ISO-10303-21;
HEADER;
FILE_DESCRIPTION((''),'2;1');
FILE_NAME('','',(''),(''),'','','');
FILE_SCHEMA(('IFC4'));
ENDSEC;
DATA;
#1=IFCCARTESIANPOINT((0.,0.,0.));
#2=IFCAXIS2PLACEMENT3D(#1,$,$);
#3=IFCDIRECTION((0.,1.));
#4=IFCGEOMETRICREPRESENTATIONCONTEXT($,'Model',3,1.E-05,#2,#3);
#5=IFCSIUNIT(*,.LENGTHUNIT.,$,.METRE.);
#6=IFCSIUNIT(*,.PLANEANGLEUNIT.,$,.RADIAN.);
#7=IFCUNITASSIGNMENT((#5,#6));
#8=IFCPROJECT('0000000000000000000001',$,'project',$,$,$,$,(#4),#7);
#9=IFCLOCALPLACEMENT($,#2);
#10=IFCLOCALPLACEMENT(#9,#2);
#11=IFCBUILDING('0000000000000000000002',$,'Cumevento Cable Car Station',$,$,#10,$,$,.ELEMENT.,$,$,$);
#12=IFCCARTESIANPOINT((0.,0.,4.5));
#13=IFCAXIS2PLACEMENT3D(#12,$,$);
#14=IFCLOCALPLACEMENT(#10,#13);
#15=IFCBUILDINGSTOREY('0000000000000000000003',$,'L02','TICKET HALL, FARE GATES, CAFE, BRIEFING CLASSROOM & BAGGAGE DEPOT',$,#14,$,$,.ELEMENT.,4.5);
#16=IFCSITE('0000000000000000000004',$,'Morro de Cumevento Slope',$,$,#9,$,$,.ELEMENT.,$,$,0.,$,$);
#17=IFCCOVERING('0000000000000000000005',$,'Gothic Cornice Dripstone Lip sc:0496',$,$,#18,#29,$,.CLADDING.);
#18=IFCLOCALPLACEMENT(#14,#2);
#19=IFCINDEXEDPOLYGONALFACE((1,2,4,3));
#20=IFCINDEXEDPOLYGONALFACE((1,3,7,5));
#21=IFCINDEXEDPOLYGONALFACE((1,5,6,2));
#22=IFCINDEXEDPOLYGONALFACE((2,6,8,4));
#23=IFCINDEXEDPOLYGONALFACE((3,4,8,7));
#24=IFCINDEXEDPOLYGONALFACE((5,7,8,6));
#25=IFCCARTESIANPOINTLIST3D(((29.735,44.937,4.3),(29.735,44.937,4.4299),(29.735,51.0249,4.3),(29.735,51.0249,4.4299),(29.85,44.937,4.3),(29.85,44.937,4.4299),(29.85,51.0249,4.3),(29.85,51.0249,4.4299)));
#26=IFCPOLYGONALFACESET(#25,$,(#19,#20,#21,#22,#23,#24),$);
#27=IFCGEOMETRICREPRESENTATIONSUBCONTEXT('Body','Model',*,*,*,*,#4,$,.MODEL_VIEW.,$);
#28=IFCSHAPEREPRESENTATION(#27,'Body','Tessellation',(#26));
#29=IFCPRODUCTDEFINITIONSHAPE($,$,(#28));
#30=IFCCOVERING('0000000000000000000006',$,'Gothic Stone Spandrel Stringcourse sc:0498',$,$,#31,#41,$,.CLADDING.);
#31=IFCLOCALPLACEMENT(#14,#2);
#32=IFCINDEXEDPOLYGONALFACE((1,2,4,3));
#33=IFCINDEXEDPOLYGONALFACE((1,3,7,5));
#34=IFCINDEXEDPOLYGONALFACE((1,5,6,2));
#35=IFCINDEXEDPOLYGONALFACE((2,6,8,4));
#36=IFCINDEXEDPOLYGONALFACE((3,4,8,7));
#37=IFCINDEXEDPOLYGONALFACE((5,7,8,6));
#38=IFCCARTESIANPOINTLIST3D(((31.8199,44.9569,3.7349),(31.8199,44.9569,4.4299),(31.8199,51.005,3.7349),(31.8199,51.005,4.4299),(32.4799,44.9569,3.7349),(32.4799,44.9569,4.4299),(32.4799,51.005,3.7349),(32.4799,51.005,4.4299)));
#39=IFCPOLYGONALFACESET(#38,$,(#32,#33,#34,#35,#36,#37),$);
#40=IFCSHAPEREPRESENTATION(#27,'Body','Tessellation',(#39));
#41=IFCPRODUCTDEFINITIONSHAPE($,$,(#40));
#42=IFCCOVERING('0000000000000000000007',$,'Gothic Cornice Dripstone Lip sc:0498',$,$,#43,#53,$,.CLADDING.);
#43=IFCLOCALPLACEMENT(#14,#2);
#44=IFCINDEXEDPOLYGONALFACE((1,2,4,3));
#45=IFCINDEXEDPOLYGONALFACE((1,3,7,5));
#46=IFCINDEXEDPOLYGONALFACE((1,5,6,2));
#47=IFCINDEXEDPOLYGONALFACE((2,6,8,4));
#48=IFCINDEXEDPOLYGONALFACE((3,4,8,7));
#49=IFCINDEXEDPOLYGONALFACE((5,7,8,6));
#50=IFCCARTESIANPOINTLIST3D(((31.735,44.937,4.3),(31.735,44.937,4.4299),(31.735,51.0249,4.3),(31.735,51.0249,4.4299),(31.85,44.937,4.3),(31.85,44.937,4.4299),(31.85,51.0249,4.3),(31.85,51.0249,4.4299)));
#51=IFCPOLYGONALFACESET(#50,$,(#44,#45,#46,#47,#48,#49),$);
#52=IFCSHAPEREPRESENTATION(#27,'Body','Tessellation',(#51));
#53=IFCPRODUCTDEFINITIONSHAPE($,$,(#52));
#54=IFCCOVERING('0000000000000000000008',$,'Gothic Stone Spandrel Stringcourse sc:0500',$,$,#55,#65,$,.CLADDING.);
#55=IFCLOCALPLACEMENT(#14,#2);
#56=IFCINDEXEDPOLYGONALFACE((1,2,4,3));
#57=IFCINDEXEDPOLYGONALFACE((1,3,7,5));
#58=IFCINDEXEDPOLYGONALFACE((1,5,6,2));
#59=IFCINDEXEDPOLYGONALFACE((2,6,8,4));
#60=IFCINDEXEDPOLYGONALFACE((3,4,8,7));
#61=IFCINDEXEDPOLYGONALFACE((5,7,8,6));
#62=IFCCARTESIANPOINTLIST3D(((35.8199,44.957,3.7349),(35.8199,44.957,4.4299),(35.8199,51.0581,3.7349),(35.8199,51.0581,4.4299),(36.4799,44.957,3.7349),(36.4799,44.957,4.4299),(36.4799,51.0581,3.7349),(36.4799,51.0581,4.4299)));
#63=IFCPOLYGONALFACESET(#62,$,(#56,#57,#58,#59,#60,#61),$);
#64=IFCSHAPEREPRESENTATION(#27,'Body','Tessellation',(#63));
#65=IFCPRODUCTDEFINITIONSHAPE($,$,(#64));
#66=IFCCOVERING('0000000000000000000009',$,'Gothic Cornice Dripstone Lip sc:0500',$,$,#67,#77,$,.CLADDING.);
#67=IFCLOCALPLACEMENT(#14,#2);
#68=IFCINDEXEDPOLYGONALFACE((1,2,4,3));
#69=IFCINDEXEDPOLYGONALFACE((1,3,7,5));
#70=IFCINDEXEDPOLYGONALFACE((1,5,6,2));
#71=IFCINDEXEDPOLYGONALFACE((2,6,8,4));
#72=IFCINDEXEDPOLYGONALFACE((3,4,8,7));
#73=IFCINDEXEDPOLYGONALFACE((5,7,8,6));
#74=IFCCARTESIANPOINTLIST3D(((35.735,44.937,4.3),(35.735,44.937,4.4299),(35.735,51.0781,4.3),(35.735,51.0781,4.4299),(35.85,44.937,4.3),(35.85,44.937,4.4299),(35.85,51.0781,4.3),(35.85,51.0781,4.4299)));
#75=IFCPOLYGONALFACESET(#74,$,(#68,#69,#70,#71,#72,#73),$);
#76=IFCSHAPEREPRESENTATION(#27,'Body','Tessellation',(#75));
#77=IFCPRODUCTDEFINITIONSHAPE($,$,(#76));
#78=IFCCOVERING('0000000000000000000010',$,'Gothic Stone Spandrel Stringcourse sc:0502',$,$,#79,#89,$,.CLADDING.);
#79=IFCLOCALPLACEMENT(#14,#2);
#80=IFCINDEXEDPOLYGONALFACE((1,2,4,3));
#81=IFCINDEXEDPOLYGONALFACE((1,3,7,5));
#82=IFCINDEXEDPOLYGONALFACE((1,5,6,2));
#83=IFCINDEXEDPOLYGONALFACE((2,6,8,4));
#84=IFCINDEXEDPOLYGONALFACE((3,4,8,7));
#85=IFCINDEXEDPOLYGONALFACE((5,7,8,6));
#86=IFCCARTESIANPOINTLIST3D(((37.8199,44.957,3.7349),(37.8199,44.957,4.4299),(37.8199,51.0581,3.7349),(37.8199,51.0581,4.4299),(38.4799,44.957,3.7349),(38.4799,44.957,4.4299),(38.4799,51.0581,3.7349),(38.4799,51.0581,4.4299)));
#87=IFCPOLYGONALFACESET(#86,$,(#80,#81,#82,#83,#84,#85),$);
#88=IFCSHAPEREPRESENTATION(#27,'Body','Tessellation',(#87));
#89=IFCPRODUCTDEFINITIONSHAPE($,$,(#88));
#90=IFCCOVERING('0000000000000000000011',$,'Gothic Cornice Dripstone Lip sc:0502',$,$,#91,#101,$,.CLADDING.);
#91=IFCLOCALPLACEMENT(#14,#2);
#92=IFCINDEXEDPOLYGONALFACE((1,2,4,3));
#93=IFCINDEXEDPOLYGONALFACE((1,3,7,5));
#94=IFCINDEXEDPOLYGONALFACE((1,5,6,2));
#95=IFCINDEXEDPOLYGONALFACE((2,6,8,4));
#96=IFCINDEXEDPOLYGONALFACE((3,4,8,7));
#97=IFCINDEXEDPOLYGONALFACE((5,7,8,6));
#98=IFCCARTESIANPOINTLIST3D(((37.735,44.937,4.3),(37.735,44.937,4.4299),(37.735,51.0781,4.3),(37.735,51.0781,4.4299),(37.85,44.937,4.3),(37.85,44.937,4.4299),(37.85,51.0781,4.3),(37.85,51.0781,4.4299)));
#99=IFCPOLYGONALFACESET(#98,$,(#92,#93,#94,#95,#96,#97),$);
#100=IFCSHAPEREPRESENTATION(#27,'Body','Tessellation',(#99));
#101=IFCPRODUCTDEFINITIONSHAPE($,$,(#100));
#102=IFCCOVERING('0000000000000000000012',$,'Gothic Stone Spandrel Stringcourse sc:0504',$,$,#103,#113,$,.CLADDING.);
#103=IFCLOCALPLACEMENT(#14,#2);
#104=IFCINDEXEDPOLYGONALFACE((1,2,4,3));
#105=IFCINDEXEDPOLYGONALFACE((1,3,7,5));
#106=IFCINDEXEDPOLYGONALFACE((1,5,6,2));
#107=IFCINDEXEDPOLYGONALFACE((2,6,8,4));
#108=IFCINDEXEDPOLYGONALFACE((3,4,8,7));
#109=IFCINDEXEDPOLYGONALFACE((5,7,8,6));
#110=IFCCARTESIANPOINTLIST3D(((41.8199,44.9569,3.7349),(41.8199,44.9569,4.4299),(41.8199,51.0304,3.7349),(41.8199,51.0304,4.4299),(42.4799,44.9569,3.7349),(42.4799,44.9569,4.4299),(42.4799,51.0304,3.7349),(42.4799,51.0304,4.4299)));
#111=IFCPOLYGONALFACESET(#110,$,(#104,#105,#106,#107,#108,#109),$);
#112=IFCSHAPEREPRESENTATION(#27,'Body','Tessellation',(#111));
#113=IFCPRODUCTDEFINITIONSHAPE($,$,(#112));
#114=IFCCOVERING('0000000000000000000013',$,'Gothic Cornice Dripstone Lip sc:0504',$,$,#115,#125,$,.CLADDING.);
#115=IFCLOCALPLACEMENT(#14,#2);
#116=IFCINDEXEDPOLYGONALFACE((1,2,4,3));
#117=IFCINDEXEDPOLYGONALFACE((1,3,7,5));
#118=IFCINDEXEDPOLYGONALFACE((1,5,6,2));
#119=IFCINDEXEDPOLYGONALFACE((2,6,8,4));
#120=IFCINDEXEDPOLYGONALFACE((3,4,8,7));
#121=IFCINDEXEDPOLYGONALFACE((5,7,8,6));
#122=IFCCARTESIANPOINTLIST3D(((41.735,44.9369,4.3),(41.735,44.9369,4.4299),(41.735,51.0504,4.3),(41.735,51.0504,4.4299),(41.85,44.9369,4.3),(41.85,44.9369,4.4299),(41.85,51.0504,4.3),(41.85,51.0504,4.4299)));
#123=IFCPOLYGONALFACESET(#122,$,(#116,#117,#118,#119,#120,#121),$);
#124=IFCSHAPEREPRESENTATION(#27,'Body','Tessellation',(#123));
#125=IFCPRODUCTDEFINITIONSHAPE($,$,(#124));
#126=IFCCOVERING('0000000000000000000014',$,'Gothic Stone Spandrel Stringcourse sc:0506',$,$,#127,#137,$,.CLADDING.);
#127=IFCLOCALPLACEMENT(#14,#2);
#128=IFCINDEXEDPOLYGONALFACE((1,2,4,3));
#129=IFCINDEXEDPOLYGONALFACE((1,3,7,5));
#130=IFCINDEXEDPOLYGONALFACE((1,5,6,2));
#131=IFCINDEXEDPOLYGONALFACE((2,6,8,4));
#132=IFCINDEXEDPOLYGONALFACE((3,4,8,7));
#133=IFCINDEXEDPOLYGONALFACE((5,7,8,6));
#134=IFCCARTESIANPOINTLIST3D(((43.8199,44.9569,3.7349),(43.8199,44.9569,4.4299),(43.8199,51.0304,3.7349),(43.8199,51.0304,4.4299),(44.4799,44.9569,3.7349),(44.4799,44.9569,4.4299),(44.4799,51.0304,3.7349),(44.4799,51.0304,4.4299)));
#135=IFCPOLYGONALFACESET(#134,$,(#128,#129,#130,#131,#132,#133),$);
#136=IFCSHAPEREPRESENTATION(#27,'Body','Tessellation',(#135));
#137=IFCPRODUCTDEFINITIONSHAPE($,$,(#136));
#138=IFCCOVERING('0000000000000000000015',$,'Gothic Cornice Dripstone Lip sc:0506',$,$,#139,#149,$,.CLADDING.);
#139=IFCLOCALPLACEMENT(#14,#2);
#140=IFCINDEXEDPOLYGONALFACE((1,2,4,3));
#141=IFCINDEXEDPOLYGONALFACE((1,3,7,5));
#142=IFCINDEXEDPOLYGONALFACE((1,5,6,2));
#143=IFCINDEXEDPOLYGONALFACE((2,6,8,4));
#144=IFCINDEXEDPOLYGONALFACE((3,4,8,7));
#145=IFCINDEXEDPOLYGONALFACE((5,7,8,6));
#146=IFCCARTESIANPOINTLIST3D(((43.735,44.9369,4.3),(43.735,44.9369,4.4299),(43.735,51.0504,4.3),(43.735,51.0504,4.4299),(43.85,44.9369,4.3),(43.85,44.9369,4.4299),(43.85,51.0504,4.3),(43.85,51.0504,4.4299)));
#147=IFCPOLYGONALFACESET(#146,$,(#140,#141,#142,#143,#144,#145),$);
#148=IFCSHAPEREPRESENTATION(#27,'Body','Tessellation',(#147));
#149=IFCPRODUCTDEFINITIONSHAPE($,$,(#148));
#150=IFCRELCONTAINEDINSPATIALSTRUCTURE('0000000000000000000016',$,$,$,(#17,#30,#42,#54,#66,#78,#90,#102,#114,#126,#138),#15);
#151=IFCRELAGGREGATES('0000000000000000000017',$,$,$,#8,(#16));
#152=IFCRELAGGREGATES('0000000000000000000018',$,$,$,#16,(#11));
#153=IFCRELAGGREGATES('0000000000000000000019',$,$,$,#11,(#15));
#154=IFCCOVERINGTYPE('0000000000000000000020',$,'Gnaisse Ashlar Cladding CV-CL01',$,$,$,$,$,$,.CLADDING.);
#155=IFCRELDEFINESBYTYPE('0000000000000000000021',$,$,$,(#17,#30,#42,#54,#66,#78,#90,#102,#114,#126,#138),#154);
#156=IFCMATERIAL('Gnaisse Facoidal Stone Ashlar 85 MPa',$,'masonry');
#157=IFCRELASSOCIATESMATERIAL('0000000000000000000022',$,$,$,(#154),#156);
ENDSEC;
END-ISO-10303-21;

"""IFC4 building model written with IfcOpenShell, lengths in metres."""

from ifc_helpers import new_model, si_unit, direction, frame, origin, origin_2d, place, context, subcontext, project, spatial, rectangle, extrude, material, type_object, element, save


model = new_model("IFC4")

# Units and contexts
model_context = context("Model", 3, precision=1e-05, world=origin(), true_north=direction((0.0, 1.0)))
body_context = subcontext(model_context, "Body", "Model", "MODEL_VIEW")
ifc_project = project(units=[si_unit("LENGTHUNIT", "METRE"), si_unit("PLANEANGLEUNIT", "RADIAN")], contexts=[model_context])

# Site, building, storey
site_placement = place(None, origin())
site = spatial("IfcSite", under=ifc_project, at=site_placement, Name="Morro de Cumevento Slope", CompositionType="ELEMENT", RefElevation=0.0)
building_placement = place(site_placement, origin())
building = spatial("IfcBuilding", under=site, at=building_placement, Name="Cumevento Cable Car Station", CompositionType="ELEMENT")
storey_placement = place(building_placement, frame((0.0, 0.0, 4.5)))
storey = spatial("IfcBuildingStorey", under=building, at=storey_placement, Name="L02", Description="TICKET HALL, FARE GATES, CAFE, BRIEFING CLASSROOM & BAGGAGE DEPOT", CompositionType="ELEMENT", Elevation=4.5)

# Coverings
ifc_material_1 = material(Name="Gnaisse Facoidal Stone Ashlar 85 MPa", Category="masonry")
covering_type = type_object("IfcCoveringType", Name="Gnaisse Ashlar Cladding CV-CL01", PredefinedType="CLADDING", material=ifc_material_1)
covering_1_placement = place(storey_placement, frame((29.7925, 47.981, 4.3), z_axis=(0.0, 0.0, 1.0), x_axis=(0.0, 1.0, 0.0)))
element("IfcCovering", 1, at=covering_1_placement, inside=storey, type_object=covering_type, Name="Gothic Cornice Dripstone Lip sc:0496", PredefinedType="CLADDING", context=body_context, shape_type="SweptSolid", body=[
    extrude(rectangle(XDim=6.0879, YDim=0.115, at=origin_2d()), origin(), (0.0, 0.0, 1.0), 0.1299),
])
covering_2_placement = place(storey_placement, frame((32.1499, 47.981, 3.7349), z_axis=(0.0, 0.0, 1.0), x_axis=(0.0, 1.0, 0.0)))
element("IfcCovering", 2, at=covering_2_placement, inside=storey, type_object=covering_type, Name="Gothic Stone Spandrel Stringcourse sc:0498", PredefinedType="CLADDING", context=body_context, shape_type="SweptSolid", body=[
    extrude(rectangle(XDim=6.0481, YDim=0.6599, at=origin_2d()), origin(), (0.0, 0.0, 1.0), 0.6951),
])
covering_3_placement = place(storey_placement, frame((31.7925, 47.981, 4.3), z_axis=(0.0, 0.0, 1.0), x_axis=(0.0, 1.0, 0.0)))
element("IfcCovering", 3, at=covering_3_placement, inside=storey, type_object=covering_type, Name="Gothic Cornice Dripstone Lip sc:0498", PredefinedType="CLADDING", context=body_context, shape_type="SweptSolid", body=[
    extrude(rectangle(XDim=6.0879, YDim=0.115, at=origin_2d()), origin(), (0.0, 0.0, 1.0), 0.1299),
])
covering_4_placement = place(storey_placement, frame((36.1499, 48.0076, 3.7349), z_axis=(0.0, 0.0, 1.0), x_axis=(0.0, 1.0, 0.0)))
element("IfcCovering", 4, at=covering_4_placement, inside=storey, type_object=covering_type, Name="Gothic Stone Spandrel Stringcourse sc:0500", PredefinedType="CLADDING", context=body_context, shape_type="SweptSolid", body=[
    extrude(rectangle(XDim=6.1011, YDim=0.6599, at=origin_2d()), origin(), (0.0, 0.0, 1.0), 0.6951),
])
covering_5_placement = place(storey_placement, frame((35.7925, 48.0076, 4.3), z_axis=(0.0, 0.0, 1.0), x_axis=(0.0, 1.0, 0.0)))
element("IfcCovering", 5, at=covering_5_placement, inside=storey, type_object=covering_type, Name="Gothic Cornice Dripstone Lip sc:0500", PredefinedType="CLADDING", context=body_context, shape_type="SweptSolid", body=[
    extrude(rectangle(XDim=6.1411, YDim=0.115, at=origin_2d()), origin(), (0.0, 0.0, 1.0), 0.1299),
])
covering_6_placement = place(storey_placement, frame((38.1499, 48.0076, 3.7349), z_axis=(0.0, 0.0, 1.0), x_axis=(0.0, 1.0, 0.0)))
element("IfcCovering", 6, at=covering_6_placement, inside=storey, type_object=covering_type, Name="Gothic Stone Spandrel Stringcourse sc:0502", PredefinedType="CLADDING", context=body_context, shape_type="SweptSolid", body=[
    extrude(rectangle(XDim=6.1011, YDim=0.6599, at=origin_2d()), origin(), (0.0, 0.0, 1.0), 0.6951),
])
covering_7_placement = place(storey_placement, frame((37.7925, 48.0076, 4.3), z_axis=(0.0, 0.0, 1.0), x_axis=(0.0, 1.0, 0.0)))
element("IfcCovering", 7, at=covering_7_placement, inside=storey, type_object=covering_type, Name="Gothic Cornice Dripstone Lip sc:0502", PredefinedType="CLADDING", context=body_context, shape_type="SweptSolid", body=[
    extrude(rectangle(XDim=6.1411, YDim=0.115, at=origin_2d()), origin(), (0.0, 0.0, 1.0), 0.1299),
])
covering_8_placement = place(storey_placement, frame((42.1499, 47.9937, 3.7349), z_axis=(0.0, 0.0, 1.0), x_axis=(0.0, 1.0, 0.0)))
element("IfcCovering", 8, at=covering_8_placement, inside=storey, type_object=covering_type, Name="Gothic Stone Spandrel Stringcourse sc:0504", PredefinedType="CLADDING", context=body_context, shape_type="SweptSolid", body=[
    extrude(rectangle(XDim=6.0735, YDim=0.6599, at=origin_2d()), origin(), (0.0, 0.0, 1.0), 0.6951),
])
covering_9_placement = place(storey_placement, frame((41.7925, 47.9937, 4.3), z_axis=(0.0, 0.0, 1.0), x_axis=(0.0, 1.0, 0.0)))
element("IfcCovering", 9, at=covering_9_placement, inside=storey, type_object=covering_type, Name="Gothic Cornice Dripstone Lip sc:0504", PredefinedType="CLADDING", context=body_context, shape_type="SweptSolid", body=[
    extrude(rectangle(XDim=6.1135, YDim=0.115, at=origin_2d()), origin(), (0.0, 0.0, 1.0), 0.1299),
])
covering_10_placement = place(storey_placement, frame((44.1499, 47.9937, 3.7349), z_axis=(0.0, 0.0, 1.0), x_axis=(0.0, 1.0, 0.0)))
element("IfcCovering", 10, at=covering_10_placement, inside=storey, type_object=covering_type, Name="Gothic Stone Spandrel Stringcourse sc:0506", PredefinedType="CLADDING", context=body_context, shape_type="SweptSolid", body=[
    extrude(rectangle(XDim=6.0735, YDim=0.6599, at=origin_2d()), origin(), (0.0, 0.0, 1.0), 0.6951),
])
covering_11_placement = place(storey_placement, frame((43.7925, 47.9937, 4.3), z_axis=(0.0, 0.0, 1.0), x_axis=(0.0, 1.0, 0.0)))
element("IfcCovering", 11, at=covering_11_placement, inside=storey, type_object=covering_type, Name="Gothic Cornice Dripstone Lip sc:0506", PredefinedType="CLADDING", context=body_context, shape_type="SweptSolid", body=[
    extrude(rectangle(XDim=6.1135, YDim=0.115, at=origin_2d()), origin(), (0.0, 0.0, 1.0), 0.1299),
])

save(model, "model.ifc")
